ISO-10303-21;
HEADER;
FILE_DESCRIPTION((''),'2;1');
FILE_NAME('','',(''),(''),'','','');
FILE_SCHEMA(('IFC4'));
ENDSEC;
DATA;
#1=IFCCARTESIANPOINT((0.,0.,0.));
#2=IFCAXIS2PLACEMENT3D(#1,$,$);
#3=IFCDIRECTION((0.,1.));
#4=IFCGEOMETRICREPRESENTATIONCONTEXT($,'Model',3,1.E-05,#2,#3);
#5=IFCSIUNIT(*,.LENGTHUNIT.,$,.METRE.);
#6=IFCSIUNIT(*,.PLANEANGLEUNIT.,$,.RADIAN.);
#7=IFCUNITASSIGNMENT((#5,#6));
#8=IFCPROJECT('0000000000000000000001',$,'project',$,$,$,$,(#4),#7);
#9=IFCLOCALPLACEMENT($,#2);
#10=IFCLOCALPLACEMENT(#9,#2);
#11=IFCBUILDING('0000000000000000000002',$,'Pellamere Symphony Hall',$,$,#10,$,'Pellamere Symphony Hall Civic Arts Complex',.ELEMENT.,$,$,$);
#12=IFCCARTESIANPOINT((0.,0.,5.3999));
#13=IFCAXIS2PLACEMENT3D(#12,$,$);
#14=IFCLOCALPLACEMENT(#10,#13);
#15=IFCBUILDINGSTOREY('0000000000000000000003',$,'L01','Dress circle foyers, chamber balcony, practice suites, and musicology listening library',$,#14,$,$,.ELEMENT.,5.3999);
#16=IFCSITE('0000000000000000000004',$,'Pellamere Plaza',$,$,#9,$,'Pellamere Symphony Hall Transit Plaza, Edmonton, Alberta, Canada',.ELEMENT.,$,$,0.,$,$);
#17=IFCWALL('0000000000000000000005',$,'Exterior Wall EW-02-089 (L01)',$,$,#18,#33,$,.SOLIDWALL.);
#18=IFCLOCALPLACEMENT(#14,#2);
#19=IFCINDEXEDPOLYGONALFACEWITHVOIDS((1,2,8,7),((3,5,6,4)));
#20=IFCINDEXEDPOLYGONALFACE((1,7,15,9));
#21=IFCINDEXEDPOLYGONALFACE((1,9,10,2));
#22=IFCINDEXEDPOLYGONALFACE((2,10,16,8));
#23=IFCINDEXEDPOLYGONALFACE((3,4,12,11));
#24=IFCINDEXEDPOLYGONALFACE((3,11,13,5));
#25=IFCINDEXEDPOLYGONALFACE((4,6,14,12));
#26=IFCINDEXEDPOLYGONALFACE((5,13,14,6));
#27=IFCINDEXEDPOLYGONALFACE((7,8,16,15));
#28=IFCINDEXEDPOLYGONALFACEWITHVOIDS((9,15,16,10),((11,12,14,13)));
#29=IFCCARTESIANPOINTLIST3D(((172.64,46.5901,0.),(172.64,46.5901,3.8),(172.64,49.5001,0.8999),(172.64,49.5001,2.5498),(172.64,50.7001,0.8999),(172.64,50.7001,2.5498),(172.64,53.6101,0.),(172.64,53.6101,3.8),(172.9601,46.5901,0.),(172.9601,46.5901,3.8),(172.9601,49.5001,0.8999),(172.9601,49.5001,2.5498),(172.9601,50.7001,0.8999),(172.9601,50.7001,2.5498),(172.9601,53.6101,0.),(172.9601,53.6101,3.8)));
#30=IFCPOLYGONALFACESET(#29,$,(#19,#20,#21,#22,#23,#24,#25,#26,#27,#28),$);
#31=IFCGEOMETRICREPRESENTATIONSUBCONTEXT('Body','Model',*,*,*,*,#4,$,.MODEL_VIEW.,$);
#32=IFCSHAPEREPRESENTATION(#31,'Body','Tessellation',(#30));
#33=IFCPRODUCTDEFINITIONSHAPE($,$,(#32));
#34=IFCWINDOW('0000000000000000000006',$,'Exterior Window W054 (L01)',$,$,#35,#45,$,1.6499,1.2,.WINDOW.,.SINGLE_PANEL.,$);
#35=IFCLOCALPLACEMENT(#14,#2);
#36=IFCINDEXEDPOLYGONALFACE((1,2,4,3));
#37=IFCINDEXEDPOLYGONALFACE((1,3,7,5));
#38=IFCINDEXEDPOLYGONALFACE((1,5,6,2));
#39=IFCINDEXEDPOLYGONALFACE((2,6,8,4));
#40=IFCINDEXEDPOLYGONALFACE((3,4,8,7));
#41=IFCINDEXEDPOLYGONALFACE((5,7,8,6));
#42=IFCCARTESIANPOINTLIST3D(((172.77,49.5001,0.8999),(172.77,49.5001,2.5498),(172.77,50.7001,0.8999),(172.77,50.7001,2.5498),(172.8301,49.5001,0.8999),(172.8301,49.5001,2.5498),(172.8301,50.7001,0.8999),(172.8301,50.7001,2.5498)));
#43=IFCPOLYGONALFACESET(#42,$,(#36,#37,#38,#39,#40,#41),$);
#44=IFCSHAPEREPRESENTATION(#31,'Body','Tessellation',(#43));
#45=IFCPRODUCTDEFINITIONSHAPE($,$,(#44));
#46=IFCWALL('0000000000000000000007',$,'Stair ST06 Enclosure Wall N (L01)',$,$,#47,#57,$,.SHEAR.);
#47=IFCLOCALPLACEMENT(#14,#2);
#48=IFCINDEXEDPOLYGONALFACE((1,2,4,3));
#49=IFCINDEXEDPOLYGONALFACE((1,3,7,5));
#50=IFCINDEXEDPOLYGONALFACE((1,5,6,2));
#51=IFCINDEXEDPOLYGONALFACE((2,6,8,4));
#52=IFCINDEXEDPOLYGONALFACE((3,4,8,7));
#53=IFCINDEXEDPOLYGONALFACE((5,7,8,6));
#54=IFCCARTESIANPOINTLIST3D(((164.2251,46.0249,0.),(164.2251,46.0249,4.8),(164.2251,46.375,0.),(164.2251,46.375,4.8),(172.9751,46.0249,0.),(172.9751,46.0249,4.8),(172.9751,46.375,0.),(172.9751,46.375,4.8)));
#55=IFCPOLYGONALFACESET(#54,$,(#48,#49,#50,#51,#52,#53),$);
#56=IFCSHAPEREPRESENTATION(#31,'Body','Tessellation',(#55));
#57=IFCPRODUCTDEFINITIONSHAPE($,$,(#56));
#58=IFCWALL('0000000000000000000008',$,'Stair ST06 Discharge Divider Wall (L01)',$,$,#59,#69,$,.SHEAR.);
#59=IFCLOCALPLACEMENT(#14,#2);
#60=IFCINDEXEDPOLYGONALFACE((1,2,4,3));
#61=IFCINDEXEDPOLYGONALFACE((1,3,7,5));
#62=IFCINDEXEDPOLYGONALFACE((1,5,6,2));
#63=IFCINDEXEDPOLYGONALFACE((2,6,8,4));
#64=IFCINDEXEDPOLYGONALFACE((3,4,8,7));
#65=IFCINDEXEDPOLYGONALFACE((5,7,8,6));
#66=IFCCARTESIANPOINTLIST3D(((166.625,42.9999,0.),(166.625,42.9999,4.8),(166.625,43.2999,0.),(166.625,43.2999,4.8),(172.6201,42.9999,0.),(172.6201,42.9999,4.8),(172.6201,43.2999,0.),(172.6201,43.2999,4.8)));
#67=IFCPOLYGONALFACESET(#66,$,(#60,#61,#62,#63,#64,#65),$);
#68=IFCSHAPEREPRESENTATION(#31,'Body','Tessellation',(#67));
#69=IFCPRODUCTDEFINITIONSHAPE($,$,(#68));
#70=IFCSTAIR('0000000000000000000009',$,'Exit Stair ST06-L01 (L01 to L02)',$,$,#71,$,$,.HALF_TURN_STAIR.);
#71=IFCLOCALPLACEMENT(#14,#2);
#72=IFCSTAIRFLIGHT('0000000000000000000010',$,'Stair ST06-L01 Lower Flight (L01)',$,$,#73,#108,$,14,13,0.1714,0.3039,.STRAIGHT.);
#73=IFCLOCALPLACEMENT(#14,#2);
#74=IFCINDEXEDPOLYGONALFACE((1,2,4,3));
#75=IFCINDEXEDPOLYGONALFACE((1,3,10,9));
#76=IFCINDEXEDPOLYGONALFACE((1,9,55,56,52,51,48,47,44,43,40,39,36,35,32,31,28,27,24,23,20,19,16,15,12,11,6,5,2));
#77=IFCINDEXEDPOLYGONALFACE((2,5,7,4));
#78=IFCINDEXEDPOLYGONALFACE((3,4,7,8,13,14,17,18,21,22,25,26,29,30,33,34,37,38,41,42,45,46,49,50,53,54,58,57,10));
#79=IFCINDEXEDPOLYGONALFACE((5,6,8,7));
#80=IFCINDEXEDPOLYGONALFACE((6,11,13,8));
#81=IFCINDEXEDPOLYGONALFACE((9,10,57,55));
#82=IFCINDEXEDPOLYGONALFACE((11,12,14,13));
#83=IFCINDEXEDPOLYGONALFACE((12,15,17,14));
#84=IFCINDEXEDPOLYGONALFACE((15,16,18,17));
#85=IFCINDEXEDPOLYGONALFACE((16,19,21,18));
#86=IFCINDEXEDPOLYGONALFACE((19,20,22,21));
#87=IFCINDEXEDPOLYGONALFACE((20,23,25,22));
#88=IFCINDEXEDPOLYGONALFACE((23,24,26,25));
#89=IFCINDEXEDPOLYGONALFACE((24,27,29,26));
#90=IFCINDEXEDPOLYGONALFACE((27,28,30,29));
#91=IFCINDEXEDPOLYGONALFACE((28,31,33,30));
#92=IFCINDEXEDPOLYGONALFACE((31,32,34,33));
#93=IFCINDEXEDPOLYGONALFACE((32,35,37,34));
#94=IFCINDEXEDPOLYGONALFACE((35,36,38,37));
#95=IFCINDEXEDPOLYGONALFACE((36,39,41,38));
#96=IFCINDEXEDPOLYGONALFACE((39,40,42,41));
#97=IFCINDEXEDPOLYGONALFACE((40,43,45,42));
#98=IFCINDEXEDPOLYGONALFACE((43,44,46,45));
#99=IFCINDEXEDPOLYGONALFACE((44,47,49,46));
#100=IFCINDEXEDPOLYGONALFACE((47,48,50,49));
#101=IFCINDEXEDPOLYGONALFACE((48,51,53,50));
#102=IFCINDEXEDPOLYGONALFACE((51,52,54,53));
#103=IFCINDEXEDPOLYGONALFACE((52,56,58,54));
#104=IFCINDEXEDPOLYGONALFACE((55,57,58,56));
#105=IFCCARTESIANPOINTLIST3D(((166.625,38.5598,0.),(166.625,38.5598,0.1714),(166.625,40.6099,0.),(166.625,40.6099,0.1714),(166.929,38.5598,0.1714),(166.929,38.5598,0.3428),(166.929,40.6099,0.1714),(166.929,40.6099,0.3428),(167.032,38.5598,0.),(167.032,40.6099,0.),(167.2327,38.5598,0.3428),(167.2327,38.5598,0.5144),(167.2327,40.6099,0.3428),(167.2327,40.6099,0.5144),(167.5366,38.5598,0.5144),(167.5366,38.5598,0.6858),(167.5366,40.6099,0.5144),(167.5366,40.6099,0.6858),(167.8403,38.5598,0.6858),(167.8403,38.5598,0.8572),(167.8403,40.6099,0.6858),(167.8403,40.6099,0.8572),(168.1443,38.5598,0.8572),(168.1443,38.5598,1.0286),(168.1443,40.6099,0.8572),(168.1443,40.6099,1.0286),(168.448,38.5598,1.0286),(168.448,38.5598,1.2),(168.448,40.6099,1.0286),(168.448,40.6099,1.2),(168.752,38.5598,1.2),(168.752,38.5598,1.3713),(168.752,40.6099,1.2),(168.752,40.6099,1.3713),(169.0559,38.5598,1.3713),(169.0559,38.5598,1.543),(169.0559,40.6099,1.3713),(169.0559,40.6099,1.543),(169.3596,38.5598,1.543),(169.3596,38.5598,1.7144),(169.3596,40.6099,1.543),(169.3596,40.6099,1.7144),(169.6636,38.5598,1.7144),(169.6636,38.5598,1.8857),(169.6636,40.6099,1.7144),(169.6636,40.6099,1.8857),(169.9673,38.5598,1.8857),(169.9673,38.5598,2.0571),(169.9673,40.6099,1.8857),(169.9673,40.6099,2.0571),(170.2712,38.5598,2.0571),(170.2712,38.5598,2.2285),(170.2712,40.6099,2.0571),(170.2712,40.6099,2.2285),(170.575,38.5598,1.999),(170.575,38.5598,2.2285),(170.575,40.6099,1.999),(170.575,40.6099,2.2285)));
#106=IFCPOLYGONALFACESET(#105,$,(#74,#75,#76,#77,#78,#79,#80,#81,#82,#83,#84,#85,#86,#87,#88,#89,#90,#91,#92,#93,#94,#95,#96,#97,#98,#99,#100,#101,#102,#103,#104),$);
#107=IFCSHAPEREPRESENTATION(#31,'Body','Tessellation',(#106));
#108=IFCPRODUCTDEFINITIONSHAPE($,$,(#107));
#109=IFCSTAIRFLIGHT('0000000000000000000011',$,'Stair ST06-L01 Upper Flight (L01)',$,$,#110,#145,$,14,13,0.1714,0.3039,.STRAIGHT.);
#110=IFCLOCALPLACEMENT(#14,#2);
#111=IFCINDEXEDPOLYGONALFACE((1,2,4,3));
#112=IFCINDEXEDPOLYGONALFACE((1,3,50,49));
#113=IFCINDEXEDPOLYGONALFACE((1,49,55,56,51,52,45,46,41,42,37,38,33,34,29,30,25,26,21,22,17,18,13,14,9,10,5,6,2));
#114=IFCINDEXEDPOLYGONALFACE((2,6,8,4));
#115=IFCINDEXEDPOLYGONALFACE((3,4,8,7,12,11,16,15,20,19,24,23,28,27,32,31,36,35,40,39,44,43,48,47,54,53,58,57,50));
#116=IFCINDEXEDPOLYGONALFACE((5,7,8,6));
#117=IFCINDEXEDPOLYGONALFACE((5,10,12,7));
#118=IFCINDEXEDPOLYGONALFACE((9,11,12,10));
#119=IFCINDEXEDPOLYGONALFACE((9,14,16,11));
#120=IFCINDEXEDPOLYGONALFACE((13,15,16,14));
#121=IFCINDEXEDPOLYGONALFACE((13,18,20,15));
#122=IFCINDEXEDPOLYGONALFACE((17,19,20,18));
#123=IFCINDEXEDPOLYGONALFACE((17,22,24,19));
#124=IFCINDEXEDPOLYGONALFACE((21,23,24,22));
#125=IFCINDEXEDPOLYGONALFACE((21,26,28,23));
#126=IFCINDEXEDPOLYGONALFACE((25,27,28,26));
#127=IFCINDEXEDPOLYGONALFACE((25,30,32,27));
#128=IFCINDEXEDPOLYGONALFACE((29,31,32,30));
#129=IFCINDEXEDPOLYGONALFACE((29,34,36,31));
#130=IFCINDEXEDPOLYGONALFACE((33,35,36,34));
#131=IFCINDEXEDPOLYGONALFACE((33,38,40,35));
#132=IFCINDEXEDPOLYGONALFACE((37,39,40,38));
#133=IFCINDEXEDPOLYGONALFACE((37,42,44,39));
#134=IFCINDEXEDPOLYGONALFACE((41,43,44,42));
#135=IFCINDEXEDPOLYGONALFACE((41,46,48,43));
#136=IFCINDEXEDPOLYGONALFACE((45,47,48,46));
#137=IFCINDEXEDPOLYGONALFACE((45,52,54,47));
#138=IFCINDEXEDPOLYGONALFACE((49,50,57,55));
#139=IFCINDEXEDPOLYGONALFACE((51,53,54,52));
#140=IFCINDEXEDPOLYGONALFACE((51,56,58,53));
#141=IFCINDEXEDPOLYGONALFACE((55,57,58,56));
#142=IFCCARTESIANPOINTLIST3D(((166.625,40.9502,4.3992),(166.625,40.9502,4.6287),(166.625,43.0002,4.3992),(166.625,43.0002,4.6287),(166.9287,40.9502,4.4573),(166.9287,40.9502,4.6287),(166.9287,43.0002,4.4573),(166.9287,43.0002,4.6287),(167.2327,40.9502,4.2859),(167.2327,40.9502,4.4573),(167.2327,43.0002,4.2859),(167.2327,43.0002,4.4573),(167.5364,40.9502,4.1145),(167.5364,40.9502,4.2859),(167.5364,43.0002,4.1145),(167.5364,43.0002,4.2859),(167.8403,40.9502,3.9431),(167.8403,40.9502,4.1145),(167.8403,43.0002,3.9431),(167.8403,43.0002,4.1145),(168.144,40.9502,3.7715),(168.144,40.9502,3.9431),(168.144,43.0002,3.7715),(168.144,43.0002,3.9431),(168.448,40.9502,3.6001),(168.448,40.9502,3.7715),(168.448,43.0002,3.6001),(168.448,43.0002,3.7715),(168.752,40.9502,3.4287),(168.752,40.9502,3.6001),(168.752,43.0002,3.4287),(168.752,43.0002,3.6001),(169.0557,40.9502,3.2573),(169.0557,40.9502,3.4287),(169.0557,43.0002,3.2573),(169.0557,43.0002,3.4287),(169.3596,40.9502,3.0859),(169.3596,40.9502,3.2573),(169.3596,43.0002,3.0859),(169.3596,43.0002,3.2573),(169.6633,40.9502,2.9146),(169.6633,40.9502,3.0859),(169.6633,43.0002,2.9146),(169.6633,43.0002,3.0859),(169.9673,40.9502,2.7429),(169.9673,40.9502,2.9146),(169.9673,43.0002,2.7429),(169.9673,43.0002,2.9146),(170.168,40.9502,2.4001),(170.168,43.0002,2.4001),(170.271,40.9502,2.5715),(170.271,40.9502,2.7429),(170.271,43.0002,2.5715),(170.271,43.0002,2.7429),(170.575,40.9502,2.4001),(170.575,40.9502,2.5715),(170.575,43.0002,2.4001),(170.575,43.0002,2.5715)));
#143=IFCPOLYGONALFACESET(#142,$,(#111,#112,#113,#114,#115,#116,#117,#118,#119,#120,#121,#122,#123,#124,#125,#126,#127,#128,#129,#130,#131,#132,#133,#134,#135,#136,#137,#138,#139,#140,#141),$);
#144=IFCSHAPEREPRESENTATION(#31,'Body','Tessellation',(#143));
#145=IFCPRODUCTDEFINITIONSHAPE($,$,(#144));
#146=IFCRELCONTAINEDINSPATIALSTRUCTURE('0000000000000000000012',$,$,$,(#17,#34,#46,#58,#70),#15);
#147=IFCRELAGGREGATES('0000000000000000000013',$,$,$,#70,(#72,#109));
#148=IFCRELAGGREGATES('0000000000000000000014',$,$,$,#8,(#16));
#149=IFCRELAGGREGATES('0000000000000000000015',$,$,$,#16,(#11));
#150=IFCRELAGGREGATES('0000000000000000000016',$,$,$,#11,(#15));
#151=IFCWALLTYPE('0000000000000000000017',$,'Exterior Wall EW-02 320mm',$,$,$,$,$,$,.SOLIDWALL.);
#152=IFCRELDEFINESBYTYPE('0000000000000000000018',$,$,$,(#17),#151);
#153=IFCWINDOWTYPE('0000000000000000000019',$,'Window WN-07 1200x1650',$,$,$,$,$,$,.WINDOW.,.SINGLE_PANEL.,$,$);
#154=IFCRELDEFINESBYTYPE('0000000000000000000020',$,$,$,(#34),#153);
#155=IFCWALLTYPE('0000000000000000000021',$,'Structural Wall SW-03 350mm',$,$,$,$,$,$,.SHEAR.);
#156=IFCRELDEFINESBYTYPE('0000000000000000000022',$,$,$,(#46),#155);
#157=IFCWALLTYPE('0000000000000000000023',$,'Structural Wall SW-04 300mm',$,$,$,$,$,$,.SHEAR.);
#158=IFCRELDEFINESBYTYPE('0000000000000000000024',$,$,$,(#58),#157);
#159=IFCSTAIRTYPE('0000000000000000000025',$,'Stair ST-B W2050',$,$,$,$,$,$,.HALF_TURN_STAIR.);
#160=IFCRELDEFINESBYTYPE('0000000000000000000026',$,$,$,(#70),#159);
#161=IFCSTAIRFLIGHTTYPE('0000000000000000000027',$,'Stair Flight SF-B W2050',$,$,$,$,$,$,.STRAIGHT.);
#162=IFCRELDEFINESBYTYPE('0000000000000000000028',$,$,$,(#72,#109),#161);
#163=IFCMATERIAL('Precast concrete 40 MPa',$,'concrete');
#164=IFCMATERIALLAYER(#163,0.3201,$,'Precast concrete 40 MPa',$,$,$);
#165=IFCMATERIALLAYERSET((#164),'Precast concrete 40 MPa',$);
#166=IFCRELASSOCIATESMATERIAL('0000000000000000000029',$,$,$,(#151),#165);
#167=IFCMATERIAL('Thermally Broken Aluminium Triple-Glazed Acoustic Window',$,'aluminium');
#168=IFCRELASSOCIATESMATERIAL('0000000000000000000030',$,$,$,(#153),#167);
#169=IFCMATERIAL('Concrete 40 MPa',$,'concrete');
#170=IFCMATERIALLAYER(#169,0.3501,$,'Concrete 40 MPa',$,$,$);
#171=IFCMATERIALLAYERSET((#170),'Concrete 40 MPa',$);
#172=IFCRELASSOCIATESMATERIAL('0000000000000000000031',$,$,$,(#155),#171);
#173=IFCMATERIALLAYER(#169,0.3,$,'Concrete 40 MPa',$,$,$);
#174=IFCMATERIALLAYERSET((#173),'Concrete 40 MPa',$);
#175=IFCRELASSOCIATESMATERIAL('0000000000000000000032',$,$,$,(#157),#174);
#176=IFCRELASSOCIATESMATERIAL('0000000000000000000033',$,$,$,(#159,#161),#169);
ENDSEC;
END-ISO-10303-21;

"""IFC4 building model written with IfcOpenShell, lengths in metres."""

from ifc_helpers import new_model, si_unit, direction, frame, frame_2d, origin, place, context, subcontext, project, spatial, polyline, rectangle, outline, extrude, material, layer, layer_set, type_object, element, fill, aggregate, save


model = new_model("IFC4")

# Units and contexts
model_context = context("Model", 3, precision=1e-05, world=origin(), true_north=direction((0.0, 1.0)))
body_context = subcontext(model_context, "Body", "Model", "MODEL_VIEW")
ifc_project = project(units=[si_unit("LENGTHUNIT", "METRE"), si_unit("PLANEANGLEUNIT", "RADIAN")], contexts=[model_context])

# Site, building, storey
site_placement = place(None, origin())
site = spatial("IfcSite", under=ifc_project, at=site_placement, Name="Pellamere Plaza", LongName="Pellamere Symphony Hall Transit Plaza, Edmonton, Alberta, Canada", CompositionType="ELEMENT", RefElevation=0.0)
building_placement = place(site_placement, origin())
building = spatial("IfcBuilding", under=site, at=building_placement, Name="Pellamere Symphony Hall", LongName="Pellamere Symphony Hall Civic Arts Complex", CompositionType="ELEMENT")
storey_placement = place(building_placement, frame((0.0, 0.0, 5.3999)))
storey = spatial("IfcBuildingStorey", under=building, at=storey_placement, Name="L01", Description="Dress circle foyers, chamber balcony, practice suites, and musicology listening library", CompositionType="ELEMENT", Elevation=5.3999)

# Shared definitions
ifc_material_1 = material(Name="Concrete 40 MPa", Category="concrete")

# Wall, opening, window
ifc_material_2 = material(Name="Precast concrete 40 MPa", Category="concrete")
ifc_layer_1 = layer(ifc_material_2, 0.3201, Name="Precast concrete 40 MPa")
ifc_layer_set_1 = layer_set([ifc_layer_1], Name="Precast concrete 40 MPa")
wall_type_1 = type_object("IfcWallType", Name="Exterior Wall EW-02 320mm", PredefinedType="SOLIDWALL", material=ifc_layer_set_1)
wall_1_placement = place(storey_placement, frame((172.8, 46.5901, 0.0), z_axis=(0.0, 0.0, 1.0), x_axis=(0.0, 1.0, 0.0)))
wall_1 = element("IfcWall", 1, at=wall_1_placement, inside=storey, type_object=wall_type_1, Name="Exterior Wall EW-02-089 (L01)", PredefinedType="SOLIDWALL", context=body_context, shape_type="SweptSolid", body=[
    extrude(rectangle(XDim=7.02, YDim=0.3201, at=frame_2d((3.51, 0.0))), origin(), (0.0, 0.0, 1.0), 3.8),
])
opening_placement = place(wall_1_placement, frame((2.9099, 0.0, 0.8999)))
opening = element("IfcOpeningElement", 2, at=opening_placement, cuts=wall_1, PredefinedType="OPENING", context=body_context, shape_type="SweptSolid", body=[
    extrude(rectangle(XDim=1.2, YDim=1.6499, at=frame_2d((0.6001, 0.825))), frame((0.0, 0.1699, 0.0), z_axis=(0.0, -1.0, 0.0), x_axis=(1.0, 0.0, 0.0)), (0.0, 0.0, 1.0), 0.3401),
])
ifc_material_3 = material(Name="Thermally Broken Aluminium Triple-Glazed Acoustic Window", Category="aluminium")
window_type = type_object("IfcWindowType", Name="Window WN-07 1200x1650", PartitioningType="SINGLE_PANEL", PredefinedType="WINDOW", material=ifc_material_3)
window_placement = place(opening_placement, origin())
window = element("IfcWindow", 3, at=window_placement, inside=storey, type_object=window_type, Name="Exterior Window W054 (L01)", OverallHeight=1.6499, OverallWidth=1.2, PartitioningType="SINGLE_PANEL", PredefinedType="WINDOW", context=body_context, shape_type="SweptSolid", body=[
    extrude(rectangle(XDim=1.2, YDim=1.6499, at=frame_2d((0.6001, 0.825))), frame((0.0, 0.03, 0.0), z_axis=(0.0, -1.0, 0.0), x_axis=(1.0, 0.0, 0.0)), (0.0, 0.0, 1.0), 0.0601),
])
fill(opening, window)

# Walls
ifc_layer_2 = layer(ifc_material_1, 0.3501, Name="Concrete 40 MPa")
ifc_layer_set_2 = layer_set([ifc_layer_2], Name="Concrete 40 MPa")
wall_type_2 = type_object("IfcWallType", Name="Structural Wall SW-03 350mm", PredefinedType="SHEAR", material=ifc_layer_set_2)
wall_2_placement = place(storey_placement, frame((164.2251, 46.2, 0.0), z_axis=(0.0, 0.0, 1.0), x_axis=(1.0, 0.0, 0.0)))
element("IfcWall", 4, at=wall_2_placement, inside=storey, type_object=wall_type_2, Name="Stair ST06 Enclosure Wall N (L01)", PredefinedType="SHEAR", context=body_context, shape_type="SweptSolid", body=[
    extrude(rectangle(XDim=8.75, YDim=0.3501, at=frame_2d((4.375, 0.0))), origin(), (0.0, 0.0, 1.0), 4.8),
])
ifc_layer_3 = layer(ifc_material_1, 0.3, Name="Concrete 40 MPa")
ifc_layer_set_3 = layer_set([ifc_layer_3], Name="Concrete 40 MPa")
wall_type_3 = type_object("IfcWallType", Name="Structural Wall SW-04 300mm", PredefinedType="SHEAR", material=ifc_layer_set_3)
wall_3_placement = place(storey_placement, frame((166.625, 43.1499, 0.0), z_axis=(0.0, 0.0, 1.0), x_axis=(1.0, 0.0, 0.0)))
element("IfcWall", 5, at=wall_3_placement, inside=storey, type_object=wall_type_3, Name="Stair ST06 Discharge Divider Wall (L01)", PredefinedType="SHEAR", context=body_context, shape_type="SweptSolid", body=[
    extrude(rectangle(XDim=5.9951, YDim=0.3, at=frame_2d((2.9976, 0.0))), origin(), (0.0, 0.0, 1.0), 4.8),
])

# Stair, stair flights
stair_type = type_object("IfcStairType", Name="Stair ST-B W2050", PredefinedType="HALF_TURN_STAIR", material=ifc_material_1)
stair_placement = place(storey_placement, origin())
stair = element("IfcStair", 6, at=stair_placement, inside=storey, type_object=stair_type, Name="Exit Stair ST06-L01 (L01 to L02)", PredefinedType="HALF_TURN_STAIR")
stair_flight_type = type_object("IfcStairFlightType", Name="Stair Flight SF-B W2050", PredefinedType="STRAIGHT", material=ifc_material_1)
stair_flight_1_placement = place(storey_placement, frame((166.625, 39.585, 0.0), z_axis=(0.0, 0.0, 1.0), x_axis=(1.0, 0.0, 0.0)))
stair_flight_1 = element("IfcStairFlight", 7, at=stair_flight_1_placement, type_object=stair_flight_type, Name="Stair ST06-L01 Lower Flight (L01)", NumberOfRisers=14, NumberOfTreads=13, PredefinedType="STRAIGHT", RiserHeight=0.1714, TreadLength=0.3039, context=body_context, shape_type="SweptSolid", body=[
    extrude(outline(polyline([(0.0, 0.0), (0.0, 0.1714), (0.304, 0.1714), (0.304, 0.3428), (0.6077, 0.3428), (0.6077, 0.5144), (0.9116, 0.5144), (0.9116, 0.6858), (1.2153, 0.6858), (1.2153, 0.8572), (1.5193, 0.8572), (1.5193, 1.0286), (1.823, 1.0286), (1.823, 1.2), (2.127, 1.2), (2.127, 1.3713), (2.4309, 1.3713), (2.4309, 1.543), (2.7346, 1.543), (2.7346, 1.7144), (3.0386, 1.7144), (3.0386, 1.8857), (3.3423, 1.8857), (3.3423, 2.0571), (3.6462, 2.0571), (3.6462, 2.2285), (3.95, 2.2285), (3.95, 2.3999), (3.95, 1.999), (0.407, 0.0), (0.0, 0.0)])), frame((0.0, 1.0249, 0.0), z_axis=(0.0, -1.0, 0.0), x_axis=(1.0, 0.0, 0.0)), (0.0, 0.0, 1.0), 2.05),
])
stair_flight_2_placement = place(storey_placement, frame((170.575, 41.9751, 2.4001), z_axis=(0.0, 0.0, 1.0), x_axis=(-1.0, 0.0, 0.0)))
stair_flight_2 = element("IfcStairFlight", 8, at=stair_flight_2_placement, type_object=stair_flight_type, Name="Stair ST06-L01 Upper Flight (L01)", NumberOfRisers=14, NumberOfTreads=13, PredefinedType="STRAIGHT", RiserHeight=0.1714, TreadLength=0.3039, context=body_context, shape_type="SweptSolid", body=[
    extrude(outline(polyline([(0.0, 0.0), (0.0, 0.1714), (0.304, 0.1714), (0.304, 0.3428), (0.6077, 0.3428), (0.6077, 0.5144), (0.9116, 0.5144), (0.9116, 0.6858), (1.2153, 0.6858), (1.2153, 0.8572), (1.5193, 0.8572), (1.5193, 1.0286), (1.823, 1.0286), (1.823, 1.2), (2.127, 1.2), (2.127, 1.3713), (2.4309, 1.3713), (2.4309, 1.543), (2.7346, 1.543), (2.7346, 1.7144), (3.0386, 1.7144), (3.0386, 1.8857), (3.3423, 1.8857), (3.3423, 2.0571), (3.6462, 2.0571), (3.6462, 2.2285), (3.95, 2.2285), (3.95, 2.3999), (3.95, 1.999), (0.407, 0.0), (0.0, 0.0)])), frame((0.0, 1.0249, 0.0), z_axis=(0.0, -1.0, 0.0), x_axis=(1.0, 0.0, 0.0)), (0.0, 0.0, 1.0), 2.05),
])
aggregate(stair, [stair_flight_1, stair_flight_2])

save(model, "model.ifc")
